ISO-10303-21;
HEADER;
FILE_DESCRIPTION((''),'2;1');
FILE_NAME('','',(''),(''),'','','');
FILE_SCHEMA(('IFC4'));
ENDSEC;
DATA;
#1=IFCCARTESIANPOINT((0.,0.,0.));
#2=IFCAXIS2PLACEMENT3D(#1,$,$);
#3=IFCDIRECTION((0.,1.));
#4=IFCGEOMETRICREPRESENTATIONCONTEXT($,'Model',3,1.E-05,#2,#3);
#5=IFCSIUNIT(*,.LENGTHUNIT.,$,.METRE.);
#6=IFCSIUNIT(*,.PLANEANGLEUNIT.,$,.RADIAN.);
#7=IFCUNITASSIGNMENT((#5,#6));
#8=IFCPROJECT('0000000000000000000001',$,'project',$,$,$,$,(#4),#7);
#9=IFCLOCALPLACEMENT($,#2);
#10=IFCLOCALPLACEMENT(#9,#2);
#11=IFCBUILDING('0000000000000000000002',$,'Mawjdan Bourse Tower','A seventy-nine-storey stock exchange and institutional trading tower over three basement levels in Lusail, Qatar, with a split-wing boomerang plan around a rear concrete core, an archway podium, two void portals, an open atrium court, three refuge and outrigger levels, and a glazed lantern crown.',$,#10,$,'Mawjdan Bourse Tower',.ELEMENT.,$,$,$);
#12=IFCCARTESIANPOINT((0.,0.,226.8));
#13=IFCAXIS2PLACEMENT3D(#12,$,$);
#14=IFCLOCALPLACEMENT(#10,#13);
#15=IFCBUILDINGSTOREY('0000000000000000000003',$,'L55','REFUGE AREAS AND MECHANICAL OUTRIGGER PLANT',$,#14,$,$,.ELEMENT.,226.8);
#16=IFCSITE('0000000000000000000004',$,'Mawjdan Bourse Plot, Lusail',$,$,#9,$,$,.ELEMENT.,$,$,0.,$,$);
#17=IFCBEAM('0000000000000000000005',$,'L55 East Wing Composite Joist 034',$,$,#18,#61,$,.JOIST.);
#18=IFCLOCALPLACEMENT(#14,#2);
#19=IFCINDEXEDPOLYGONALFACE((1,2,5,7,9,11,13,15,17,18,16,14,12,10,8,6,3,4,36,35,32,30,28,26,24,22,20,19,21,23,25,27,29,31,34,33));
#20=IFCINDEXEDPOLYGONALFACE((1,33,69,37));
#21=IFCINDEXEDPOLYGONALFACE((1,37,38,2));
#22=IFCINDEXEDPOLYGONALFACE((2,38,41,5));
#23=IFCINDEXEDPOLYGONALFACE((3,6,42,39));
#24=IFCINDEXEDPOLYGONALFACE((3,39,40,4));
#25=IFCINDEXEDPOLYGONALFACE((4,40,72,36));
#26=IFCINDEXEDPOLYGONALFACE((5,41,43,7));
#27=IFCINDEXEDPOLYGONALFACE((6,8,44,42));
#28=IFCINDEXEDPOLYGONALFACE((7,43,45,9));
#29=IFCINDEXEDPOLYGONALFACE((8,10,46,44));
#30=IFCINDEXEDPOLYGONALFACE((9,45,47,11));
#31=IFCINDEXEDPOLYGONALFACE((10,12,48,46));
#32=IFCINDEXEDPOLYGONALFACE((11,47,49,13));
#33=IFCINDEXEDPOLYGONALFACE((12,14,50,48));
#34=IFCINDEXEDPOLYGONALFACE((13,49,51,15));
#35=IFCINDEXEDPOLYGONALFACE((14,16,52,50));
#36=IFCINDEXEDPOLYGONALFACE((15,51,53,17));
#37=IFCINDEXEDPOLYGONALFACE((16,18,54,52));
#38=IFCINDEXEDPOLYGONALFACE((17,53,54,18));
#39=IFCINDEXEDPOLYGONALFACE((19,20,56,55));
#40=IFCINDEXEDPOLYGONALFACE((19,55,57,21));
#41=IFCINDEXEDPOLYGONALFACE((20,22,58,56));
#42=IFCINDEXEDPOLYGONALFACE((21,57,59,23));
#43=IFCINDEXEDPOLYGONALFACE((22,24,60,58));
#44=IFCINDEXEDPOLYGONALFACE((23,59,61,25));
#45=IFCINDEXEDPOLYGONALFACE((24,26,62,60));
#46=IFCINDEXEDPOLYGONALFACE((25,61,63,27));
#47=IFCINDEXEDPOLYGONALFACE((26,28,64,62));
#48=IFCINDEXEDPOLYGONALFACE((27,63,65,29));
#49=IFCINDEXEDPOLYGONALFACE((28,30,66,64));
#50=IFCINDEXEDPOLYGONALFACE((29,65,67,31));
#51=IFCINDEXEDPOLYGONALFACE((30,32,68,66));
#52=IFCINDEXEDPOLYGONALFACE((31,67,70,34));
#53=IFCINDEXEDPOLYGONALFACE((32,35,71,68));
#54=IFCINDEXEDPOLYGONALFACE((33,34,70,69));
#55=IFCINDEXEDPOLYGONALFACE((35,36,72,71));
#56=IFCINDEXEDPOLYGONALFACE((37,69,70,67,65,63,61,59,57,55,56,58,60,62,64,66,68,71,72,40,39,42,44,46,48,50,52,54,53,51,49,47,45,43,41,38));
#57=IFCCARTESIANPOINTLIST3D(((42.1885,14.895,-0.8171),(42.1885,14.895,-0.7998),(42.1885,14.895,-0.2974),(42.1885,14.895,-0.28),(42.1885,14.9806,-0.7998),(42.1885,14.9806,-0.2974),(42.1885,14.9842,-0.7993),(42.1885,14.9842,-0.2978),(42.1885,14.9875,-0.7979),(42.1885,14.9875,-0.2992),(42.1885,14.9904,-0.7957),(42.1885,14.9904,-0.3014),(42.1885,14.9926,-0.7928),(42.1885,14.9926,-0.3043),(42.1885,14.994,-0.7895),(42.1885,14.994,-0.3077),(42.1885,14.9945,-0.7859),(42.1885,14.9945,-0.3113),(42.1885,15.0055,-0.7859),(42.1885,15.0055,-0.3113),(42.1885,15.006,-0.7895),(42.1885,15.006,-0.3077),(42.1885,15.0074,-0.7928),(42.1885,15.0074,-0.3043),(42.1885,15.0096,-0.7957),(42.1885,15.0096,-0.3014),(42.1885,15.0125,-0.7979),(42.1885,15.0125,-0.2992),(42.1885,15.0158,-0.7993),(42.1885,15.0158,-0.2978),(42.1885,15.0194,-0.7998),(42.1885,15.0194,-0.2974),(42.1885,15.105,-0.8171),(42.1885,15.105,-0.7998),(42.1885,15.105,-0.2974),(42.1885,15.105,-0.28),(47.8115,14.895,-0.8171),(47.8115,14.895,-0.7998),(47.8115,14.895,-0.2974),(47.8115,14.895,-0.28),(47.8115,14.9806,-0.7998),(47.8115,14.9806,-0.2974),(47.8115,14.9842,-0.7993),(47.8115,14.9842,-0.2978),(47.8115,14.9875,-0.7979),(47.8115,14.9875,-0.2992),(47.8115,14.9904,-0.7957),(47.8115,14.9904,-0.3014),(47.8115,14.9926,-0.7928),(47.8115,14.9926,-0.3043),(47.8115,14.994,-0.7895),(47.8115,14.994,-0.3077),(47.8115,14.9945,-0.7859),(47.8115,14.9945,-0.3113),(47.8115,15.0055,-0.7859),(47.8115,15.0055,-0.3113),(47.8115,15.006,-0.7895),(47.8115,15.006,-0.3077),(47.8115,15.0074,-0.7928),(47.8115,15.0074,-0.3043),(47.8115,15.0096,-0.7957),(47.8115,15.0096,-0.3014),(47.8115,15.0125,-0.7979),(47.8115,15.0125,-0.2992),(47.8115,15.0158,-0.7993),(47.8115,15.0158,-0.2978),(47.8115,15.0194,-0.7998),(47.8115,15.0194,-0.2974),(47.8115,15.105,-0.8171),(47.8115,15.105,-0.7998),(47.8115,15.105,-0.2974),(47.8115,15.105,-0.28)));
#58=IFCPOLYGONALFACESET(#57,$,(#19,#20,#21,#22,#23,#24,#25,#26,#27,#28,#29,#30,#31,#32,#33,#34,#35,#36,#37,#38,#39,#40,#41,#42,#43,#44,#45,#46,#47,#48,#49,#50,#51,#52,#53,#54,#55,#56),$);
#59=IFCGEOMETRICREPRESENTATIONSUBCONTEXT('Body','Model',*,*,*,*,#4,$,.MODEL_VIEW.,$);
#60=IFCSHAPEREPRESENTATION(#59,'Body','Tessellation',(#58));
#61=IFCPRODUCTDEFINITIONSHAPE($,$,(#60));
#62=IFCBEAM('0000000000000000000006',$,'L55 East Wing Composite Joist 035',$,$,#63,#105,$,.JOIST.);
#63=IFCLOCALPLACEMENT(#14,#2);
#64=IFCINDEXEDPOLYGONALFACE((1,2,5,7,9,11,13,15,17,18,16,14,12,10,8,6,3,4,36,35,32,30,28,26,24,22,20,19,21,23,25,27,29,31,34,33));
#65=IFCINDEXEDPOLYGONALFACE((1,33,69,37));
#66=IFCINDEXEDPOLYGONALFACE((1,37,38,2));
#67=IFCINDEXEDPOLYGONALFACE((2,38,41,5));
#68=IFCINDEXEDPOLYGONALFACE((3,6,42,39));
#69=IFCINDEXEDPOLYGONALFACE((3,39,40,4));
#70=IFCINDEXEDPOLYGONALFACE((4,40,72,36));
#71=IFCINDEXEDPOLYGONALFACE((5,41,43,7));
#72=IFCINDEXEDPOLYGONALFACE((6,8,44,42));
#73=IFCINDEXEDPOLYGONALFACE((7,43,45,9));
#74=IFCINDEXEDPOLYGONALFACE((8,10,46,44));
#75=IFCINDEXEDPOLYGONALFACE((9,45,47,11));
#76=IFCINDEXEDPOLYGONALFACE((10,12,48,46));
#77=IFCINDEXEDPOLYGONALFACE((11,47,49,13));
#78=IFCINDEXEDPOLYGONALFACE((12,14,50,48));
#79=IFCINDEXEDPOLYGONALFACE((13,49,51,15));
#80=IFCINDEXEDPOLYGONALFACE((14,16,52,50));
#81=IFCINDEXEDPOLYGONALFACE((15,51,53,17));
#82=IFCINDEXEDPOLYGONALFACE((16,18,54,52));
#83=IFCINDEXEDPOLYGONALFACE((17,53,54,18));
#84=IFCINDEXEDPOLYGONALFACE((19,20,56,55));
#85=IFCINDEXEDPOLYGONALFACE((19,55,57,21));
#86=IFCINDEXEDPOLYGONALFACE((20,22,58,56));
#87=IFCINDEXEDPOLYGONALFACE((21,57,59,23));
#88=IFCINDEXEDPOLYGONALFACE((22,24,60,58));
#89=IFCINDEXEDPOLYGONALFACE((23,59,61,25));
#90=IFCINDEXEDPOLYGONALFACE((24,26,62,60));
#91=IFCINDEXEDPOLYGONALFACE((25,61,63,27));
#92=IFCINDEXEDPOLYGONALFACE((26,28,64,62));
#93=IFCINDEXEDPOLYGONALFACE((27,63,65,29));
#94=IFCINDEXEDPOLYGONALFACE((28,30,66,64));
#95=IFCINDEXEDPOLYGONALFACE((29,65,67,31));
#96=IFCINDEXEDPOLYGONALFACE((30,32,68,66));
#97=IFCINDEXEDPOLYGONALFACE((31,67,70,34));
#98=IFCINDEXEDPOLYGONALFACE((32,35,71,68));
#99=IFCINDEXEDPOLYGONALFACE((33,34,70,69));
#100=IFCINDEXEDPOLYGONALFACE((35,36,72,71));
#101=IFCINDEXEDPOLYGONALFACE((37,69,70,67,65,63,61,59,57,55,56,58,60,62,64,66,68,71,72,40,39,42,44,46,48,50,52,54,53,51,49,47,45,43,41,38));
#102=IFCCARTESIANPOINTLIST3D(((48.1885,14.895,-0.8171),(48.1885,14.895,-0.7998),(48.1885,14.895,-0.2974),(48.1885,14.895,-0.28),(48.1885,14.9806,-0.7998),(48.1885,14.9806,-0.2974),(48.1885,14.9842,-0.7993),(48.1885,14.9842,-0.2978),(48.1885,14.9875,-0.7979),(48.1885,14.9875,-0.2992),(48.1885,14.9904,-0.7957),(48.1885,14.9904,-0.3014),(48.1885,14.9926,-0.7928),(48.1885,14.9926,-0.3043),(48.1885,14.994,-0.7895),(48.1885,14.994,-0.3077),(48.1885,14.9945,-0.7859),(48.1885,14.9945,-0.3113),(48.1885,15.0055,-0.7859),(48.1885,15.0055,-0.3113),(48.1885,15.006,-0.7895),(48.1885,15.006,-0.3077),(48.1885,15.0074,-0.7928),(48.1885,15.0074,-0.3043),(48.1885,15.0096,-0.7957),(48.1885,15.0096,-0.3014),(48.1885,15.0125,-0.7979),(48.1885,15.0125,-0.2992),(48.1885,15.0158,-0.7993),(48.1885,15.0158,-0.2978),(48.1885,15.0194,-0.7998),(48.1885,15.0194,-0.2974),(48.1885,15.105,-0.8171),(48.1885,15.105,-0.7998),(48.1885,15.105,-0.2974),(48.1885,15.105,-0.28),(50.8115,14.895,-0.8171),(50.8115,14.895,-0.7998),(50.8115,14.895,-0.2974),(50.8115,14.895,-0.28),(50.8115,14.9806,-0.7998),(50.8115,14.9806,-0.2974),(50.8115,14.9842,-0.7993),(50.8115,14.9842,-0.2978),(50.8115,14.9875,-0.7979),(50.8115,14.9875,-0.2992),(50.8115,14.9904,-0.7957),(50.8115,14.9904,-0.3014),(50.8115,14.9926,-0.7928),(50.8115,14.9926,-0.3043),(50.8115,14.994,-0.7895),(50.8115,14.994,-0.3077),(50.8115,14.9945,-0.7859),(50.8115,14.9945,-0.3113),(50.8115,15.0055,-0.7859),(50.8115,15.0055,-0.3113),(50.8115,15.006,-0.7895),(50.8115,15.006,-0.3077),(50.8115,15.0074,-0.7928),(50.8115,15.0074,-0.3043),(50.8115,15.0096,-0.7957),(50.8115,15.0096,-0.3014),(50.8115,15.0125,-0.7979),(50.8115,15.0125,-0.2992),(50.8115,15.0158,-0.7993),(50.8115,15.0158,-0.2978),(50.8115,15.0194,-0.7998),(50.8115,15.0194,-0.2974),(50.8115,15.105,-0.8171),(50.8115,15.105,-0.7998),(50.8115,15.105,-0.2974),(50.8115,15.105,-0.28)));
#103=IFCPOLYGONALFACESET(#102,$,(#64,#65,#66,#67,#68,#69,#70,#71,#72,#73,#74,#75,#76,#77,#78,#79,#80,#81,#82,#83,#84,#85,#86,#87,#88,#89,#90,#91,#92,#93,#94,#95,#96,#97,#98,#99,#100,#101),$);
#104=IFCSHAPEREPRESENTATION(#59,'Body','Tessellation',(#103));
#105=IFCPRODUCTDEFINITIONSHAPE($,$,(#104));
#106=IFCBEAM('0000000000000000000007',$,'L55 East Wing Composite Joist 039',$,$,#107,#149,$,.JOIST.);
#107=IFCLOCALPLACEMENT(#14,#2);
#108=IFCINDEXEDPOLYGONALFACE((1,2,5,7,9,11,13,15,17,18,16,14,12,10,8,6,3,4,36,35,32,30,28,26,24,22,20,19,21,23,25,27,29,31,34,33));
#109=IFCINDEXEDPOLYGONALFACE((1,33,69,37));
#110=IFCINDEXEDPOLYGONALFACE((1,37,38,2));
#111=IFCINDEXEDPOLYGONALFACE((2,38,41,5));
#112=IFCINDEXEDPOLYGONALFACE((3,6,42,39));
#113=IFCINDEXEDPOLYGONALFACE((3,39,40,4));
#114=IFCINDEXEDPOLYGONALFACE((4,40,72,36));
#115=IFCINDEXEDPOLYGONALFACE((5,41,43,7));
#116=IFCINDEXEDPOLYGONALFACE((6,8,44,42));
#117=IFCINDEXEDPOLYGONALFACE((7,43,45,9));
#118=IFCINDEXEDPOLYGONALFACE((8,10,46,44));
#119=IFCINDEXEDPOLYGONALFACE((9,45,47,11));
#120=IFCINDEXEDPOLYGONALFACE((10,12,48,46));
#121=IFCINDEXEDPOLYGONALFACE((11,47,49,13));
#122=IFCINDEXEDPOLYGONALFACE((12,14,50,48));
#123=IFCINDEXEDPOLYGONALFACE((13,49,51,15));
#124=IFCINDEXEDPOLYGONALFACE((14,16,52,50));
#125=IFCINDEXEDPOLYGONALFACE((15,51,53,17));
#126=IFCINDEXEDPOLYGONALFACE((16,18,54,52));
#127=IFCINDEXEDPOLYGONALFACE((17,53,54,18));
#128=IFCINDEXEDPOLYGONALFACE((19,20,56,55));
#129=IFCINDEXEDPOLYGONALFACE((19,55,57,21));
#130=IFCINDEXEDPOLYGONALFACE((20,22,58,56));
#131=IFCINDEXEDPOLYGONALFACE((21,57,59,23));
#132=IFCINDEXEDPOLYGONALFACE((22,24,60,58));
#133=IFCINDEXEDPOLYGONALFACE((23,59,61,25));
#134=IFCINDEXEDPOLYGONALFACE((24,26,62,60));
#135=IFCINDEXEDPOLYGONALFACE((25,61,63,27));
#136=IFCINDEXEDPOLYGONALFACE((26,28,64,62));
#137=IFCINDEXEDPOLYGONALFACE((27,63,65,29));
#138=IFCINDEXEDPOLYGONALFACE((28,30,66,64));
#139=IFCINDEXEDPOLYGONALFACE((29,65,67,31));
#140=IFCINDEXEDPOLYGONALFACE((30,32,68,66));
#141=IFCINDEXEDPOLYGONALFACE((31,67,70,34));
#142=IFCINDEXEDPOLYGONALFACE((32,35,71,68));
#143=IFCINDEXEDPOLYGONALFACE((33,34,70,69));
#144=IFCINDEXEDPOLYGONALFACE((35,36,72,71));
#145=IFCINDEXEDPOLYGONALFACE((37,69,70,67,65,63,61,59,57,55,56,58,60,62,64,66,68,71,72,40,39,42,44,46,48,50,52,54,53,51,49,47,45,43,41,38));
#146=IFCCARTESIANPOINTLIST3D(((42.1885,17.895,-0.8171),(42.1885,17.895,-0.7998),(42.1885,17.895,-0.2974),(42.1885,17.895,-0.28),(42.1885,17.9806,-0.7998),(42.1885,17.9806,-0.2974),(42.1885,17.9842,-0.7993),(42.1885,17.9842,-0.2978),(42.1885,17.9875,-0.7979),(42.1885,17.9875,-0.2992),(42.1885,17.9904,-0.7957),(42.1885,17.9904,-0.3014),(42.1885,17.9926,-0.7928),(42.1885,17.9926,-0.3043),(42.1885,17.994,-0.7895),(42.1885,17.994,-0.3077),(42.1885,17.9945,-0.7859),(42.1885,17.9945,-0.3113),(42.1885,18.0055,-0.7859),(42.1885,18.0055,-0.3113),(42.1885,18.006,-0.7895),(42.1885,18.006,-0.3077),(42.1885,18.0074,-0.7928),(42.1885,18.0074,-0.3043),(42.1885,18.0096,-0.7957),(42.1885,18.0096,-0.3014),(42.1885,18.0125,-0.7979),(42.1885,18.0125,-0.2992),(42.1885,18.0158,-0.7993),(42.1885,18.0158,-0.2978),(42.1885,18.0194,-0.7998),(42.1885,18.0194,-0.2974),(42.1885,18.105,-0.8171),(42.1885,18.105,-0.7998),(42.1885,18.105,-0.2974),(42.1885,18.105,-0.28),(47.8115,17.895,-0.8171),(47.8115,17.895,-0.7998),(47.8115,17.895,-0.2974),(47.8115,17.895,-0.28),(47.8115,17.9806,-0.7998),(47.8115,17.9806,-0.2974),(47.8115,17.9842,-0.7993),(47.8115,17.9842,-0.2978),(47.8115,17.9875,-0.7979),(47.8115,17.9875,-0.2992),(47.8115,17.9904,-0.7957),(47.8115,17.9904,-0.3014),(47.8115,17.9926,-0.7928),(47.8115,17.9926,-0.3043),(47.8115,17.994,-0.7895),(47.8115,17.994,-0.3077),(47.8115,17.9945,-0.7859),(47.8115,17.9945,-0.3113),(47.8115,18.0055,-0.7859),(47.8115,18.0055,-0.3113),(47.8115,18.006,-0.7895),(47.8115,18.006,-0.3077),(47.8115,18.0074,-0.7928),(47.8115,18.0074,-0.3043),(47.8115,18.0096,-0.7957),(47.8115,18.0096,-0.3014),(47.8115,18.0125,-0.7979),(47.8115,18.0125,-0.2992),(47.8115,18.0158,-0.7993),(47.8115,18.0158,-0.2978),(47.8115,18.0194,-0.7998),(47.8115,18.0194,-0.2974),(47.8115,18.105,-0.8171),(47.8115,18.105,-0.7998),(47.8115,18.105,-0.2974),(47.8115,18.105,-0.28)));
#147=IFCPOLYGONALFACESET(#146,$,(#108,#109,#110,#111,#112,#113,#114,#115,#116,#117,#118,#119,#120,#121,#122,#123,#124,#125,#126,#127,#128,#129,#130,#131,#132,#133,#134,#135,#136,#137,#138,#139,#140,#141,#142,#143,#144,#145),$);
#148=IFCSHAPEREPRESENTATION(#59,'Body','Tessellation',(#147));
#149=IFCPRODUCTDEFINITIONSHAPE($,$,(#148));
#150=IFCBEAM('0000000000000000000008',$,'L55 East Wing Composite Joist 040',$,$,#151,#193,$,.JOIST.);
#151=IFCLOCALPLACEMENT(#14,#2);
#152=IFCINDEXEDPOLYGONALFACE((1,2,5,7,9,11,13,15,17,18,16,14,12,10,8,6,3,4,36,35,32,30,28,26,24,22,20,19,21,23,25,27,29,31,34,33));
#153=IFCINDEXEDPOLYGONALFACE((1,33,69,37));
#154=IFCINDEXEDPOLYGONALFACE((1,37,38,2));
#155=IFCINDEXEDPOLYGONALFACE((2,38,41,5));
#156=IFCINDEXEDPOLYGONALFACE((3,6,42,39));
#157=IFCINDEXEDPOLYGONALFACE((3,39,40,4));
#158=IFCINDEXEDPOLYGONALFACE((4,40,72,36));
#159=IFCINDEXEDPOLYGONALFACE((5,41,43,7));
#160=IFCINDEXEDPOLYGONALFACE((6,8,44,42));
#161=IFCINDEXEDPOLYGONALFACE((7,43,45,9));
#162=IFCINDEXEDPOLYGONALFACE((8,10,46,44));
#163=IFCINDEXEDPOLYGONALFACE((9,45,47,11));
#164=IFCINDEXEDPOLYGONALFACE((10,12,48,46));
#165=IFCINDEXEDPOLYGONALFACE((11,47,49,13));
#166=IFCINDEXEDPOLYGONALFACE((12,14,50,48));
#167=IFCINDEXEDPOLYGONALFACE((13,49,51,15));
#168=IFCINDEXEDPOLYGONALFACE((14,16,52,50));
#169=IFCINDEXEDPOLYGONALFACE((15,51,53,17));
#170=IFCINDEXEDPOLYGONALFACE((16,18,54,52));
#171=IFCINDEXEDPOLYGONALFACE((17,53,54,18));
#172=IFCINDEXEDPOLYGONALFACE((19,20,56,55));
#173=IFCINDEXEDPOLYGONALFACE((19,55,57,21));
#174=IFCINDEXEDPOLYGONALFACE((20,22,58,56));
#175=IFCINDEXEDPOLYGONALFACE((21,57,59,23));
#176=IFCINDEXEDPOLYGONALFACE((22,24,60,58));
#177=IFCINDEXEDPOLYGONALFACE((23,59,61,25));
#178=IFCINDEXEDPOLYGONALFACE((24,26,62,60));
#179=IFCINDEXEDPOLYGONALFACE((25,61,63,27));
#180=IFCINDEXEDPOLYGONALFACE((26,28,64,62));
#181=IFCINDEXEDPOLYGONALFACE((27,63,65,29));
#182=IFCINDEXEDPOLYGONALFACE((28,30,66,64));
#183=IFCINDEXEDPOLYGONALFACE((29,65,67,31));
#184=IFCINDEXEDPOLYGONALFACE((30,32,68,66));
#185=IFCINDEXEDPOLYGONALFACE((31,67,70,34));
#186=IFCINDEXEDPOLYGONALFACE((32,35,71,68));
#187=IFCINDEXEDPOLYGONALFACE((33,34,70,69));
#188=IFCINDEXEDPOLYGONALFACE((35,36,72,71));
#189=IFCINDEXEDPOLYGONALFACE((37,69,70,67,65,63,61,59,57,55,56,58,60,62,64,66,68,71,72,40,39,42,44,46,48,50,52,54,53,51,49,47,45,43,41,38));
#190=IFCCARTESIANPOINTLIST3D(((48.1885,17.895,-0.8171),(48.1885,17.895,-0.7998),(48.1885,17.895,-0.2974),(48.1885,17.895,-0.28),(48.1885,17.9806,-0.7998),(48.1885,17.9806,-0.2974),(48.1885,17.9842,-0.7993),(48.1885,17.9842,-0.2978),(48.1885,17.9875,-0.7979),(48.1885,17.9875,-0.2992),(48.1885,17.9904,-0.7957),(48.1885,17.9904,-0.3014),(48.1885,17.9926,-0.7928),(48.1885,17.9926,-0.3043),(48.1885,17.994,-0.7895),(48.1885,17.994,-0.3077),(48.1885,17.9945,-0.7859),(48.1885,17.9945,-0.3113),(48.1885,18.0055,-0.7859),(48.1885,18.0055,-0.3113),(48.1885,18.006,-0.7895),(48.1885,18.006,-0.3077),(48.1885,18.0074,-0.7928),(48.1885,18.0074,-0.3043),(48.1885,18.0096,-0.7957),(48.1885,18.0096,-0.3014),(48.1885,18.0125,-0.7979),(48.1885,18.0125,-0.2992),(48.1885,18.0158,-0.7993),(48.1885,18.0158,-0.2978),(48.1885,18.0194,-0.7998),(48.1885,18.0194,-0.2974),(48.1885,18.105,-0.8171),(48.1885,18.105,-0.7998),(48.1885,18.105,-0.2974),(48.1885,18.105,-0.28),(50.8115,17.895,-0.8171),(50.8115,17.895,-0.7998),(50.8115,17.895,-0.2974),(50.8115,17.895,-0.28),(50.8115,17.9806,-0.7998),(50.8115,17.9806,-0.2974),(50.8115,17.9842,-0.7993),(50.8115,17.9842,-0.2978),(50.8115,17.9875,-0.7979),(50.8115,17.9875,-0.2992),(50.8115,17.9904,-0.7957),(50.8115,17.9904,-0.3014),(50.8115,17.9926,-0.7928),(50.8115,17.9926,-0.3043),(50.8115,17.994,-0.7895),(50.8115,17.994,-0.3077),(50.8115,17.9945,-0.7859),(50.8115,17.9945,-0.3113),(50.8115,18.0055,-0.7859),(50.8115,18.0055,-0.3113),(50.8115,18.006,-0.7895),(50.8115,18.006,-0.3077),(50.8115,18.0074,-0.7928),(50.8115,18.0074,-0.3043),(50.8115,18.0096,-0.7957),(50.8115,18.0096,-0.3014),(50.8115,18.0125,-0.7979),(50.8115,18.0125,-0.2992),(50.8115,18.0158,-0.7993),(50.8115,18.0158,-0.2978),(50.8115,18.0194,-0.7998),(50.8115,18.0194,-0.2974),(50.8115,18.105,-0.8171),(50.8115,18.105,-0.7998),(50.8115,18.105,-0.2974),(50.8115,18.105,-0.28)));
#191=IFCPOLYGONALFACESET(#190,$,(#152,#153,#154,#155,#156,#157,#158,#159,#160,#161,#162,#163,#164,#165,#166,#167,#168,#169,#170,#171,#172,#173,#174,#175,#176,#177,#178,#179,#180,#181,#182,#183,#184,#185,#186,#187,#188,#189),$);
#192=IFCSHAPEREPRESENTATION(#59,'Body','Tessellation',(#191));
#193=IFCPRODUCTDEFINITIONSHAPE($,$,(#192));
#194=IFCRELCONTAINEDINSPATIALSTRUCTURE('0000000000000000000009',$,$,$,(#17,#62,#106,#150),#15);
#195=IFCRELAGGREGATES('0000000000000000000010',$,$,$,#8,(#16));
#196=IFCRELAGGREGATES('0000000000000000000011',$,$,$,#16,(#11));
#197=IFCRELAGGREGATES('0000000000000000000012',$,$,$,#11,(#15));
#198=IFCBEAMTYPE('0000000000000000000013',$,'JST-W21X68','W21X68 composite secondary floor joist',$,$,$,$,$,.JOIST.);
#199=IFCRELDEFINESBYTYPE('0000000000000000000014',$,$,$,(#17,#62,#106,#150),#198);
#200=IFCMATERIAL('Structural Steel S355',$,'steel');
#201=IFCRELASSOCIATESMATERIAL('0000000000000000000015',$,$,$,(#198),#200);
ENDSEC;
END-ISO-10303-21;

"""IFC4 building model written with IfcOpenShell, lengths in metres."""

from ifc_helpers import new_model, si_unit, direction, frame, origin, origin_2d, place, context, subcontext, project, spatial, i_section, extrude, material, material_profile, profile_set, type_object, element, save


model = new_model("IFC4")

# Units and contexts
model_context = context("Model", 3, precision=1e-05, world=origin(), true_north=direction((0.0, 1.0)))
body_context = subcontext(model_context, "Body", "Model", "MODEL_VIEW")
ifc_project = project(units=[si_unit("LENGTHUNIT", "METRE"), si_unit("PLANEANGLEUNIT", "RADIAN")], contexts=[model_context])

# Site, building, storey
site_placement = place(None, origin())
site = spatial("IfcSite", under=ifc_project, at=site_placement, Name="Mawjdan Bourse Plot, Lusail", CompositionType="ELEMENT", RefElevation=0.0)
building_placement = place(site_placement, origin())
building = spatial("IfcBuilding", under=site, at=building_placement, Name="Mawjdan Bourse Tower", Description="A seventy-nine-storey stock exchange and institutional trading tower over three basement levels in Lusail, Qatar, with a split-wing boomerang plan around a rear concrete core, an archway podium, two void portals, an open atrium court, three refuge and outrigger levels, and a glazed lantern crown.", LongName="Mawjdan Bourse Tower", CompositionType="ELEMENT")
storey_placement = place(building_placement, frame((0.0, 0.0, 226.8)))
storey = spatial("IfcBuildingStorey", under=building, at=storey_placement, Name="L55", Description="REFUGE AREAS AND MECHANICAL OUTRIGGER PLANT", CompositionType="ELEMENT", Elevation=226.8)

# Beams
ifc_material_1 = material(Name="Structural Steel S355", Category="steel")
ifc_material_profile_1 = material_profile(ifc_material_1, i_section(OverallWidth=0.21, OverallDepth=0.5371, WebThickness=0.011, FlangeThickness=0.0173, FilletRadius=0.0139, at=origin_2d()), Name="W21X68")
ifc_profile_set_1 = profile_set([ifc_material_profile_1], Name="Structural Steel S355")
beam_type_1 = type_object("IfcBeamType", Name="JST-W21X68", Description="W21X68 composite secondary floor joist", PredefinedType="JOIST", material=ifc_profile_set_1)
beam_1_placement = place(storey_placement, frame((42.1885, 15.0, -0.5486), z_axis=(1.0, 0.0, 0.0), x_axis=(0.0, 1.0, 0.0)))
element("IfcBeam", 1, at=beam_1_placement, inside=storey, type_object=beam_type_1, Name="L55 East Wing Composite Joist 034", PredefinedType="JOIST", context=body_context, shape_type="SweptSolid", body=[
    extrude(i_section(OverallWidth=0.21, OverallDepth=0.5371, WebThickness=0.011, FlangeThickness=0.0173, FilletRadius=0.0139, at=origin_2d()), origin(), (0.0, 0.0, 1.0), 5.623),
])
beam_2_placement = place(storey_placement, frame((48.1885, 15.0, -0.5486), z_axis=(1.0, 0.0, 0.0), x_axis=(0.0, 1.0, 0.0)))
element("IfcBeam", 2, at=beam_2_placement, inside=storey, type_object=beam_type_1, Name="L55 East Wing Composite Joist 035", PredefinedType="JOIST", context=body_context, shape_type="SweptSolid", body=[
    extrude(i_section(OverallWidth=0.21, OverallDepth=0.5371, WebThickness=0.011, FlangeThickness=0.0173, FilletRadius=0.0139, at=origin_2d()), origin(), (0.0, 0.0, 1.0), 2.623),
])
beam_3_placement = place(storey_placement, frame((42.1885, 18.0, -0.5486), z_axis=(1.0, 0.0, 0.0), x_axis=(0.0, 1.0, 0.0)))
element("IfcBeam", 3, at=beam_3_placement, inside=storey, type_object=beam_type_1, Name="L55 East Wing Composite Joist 039", PredefinedType="JOIST", context=body_context, shape_type="SweptSolid", body=[
    extrude(i_section(OverallWidth=0.21, OverallDepth=0.5371, WebThickness=0.011, FlangeThickness=0.0173, FilletRadius=0.0139, at=origin_2d()), origin(), (0.0, 0.0, 1.0), 5.623),
])
beam_4_placement = place(storey_placement, frame((48.1885, 18.0, -0.5486), z_axis=(1.0, 0.0, 0.0), x_axis=(0.0, 1.0, 0.0)))
element("IfcBeam", 4, at=beam_4_placement, inside=storey, type_object=beam_type_1, Name="L55 East Wing Composite Joist 040", PredefinedType="JOIST", context=body_context, shape_type="SweptSolid", body=[
    extrude(i_section(OverallWidth=0.21, OverallDepth=0.5371, WebThickness=0.011, FlangeThickness=0.0173, FilletRadius=0.0139, at=origin_2d()), origin(), (0.0, 0.0, 1.0), 2.623),
])

save(model, "model.ifc")
